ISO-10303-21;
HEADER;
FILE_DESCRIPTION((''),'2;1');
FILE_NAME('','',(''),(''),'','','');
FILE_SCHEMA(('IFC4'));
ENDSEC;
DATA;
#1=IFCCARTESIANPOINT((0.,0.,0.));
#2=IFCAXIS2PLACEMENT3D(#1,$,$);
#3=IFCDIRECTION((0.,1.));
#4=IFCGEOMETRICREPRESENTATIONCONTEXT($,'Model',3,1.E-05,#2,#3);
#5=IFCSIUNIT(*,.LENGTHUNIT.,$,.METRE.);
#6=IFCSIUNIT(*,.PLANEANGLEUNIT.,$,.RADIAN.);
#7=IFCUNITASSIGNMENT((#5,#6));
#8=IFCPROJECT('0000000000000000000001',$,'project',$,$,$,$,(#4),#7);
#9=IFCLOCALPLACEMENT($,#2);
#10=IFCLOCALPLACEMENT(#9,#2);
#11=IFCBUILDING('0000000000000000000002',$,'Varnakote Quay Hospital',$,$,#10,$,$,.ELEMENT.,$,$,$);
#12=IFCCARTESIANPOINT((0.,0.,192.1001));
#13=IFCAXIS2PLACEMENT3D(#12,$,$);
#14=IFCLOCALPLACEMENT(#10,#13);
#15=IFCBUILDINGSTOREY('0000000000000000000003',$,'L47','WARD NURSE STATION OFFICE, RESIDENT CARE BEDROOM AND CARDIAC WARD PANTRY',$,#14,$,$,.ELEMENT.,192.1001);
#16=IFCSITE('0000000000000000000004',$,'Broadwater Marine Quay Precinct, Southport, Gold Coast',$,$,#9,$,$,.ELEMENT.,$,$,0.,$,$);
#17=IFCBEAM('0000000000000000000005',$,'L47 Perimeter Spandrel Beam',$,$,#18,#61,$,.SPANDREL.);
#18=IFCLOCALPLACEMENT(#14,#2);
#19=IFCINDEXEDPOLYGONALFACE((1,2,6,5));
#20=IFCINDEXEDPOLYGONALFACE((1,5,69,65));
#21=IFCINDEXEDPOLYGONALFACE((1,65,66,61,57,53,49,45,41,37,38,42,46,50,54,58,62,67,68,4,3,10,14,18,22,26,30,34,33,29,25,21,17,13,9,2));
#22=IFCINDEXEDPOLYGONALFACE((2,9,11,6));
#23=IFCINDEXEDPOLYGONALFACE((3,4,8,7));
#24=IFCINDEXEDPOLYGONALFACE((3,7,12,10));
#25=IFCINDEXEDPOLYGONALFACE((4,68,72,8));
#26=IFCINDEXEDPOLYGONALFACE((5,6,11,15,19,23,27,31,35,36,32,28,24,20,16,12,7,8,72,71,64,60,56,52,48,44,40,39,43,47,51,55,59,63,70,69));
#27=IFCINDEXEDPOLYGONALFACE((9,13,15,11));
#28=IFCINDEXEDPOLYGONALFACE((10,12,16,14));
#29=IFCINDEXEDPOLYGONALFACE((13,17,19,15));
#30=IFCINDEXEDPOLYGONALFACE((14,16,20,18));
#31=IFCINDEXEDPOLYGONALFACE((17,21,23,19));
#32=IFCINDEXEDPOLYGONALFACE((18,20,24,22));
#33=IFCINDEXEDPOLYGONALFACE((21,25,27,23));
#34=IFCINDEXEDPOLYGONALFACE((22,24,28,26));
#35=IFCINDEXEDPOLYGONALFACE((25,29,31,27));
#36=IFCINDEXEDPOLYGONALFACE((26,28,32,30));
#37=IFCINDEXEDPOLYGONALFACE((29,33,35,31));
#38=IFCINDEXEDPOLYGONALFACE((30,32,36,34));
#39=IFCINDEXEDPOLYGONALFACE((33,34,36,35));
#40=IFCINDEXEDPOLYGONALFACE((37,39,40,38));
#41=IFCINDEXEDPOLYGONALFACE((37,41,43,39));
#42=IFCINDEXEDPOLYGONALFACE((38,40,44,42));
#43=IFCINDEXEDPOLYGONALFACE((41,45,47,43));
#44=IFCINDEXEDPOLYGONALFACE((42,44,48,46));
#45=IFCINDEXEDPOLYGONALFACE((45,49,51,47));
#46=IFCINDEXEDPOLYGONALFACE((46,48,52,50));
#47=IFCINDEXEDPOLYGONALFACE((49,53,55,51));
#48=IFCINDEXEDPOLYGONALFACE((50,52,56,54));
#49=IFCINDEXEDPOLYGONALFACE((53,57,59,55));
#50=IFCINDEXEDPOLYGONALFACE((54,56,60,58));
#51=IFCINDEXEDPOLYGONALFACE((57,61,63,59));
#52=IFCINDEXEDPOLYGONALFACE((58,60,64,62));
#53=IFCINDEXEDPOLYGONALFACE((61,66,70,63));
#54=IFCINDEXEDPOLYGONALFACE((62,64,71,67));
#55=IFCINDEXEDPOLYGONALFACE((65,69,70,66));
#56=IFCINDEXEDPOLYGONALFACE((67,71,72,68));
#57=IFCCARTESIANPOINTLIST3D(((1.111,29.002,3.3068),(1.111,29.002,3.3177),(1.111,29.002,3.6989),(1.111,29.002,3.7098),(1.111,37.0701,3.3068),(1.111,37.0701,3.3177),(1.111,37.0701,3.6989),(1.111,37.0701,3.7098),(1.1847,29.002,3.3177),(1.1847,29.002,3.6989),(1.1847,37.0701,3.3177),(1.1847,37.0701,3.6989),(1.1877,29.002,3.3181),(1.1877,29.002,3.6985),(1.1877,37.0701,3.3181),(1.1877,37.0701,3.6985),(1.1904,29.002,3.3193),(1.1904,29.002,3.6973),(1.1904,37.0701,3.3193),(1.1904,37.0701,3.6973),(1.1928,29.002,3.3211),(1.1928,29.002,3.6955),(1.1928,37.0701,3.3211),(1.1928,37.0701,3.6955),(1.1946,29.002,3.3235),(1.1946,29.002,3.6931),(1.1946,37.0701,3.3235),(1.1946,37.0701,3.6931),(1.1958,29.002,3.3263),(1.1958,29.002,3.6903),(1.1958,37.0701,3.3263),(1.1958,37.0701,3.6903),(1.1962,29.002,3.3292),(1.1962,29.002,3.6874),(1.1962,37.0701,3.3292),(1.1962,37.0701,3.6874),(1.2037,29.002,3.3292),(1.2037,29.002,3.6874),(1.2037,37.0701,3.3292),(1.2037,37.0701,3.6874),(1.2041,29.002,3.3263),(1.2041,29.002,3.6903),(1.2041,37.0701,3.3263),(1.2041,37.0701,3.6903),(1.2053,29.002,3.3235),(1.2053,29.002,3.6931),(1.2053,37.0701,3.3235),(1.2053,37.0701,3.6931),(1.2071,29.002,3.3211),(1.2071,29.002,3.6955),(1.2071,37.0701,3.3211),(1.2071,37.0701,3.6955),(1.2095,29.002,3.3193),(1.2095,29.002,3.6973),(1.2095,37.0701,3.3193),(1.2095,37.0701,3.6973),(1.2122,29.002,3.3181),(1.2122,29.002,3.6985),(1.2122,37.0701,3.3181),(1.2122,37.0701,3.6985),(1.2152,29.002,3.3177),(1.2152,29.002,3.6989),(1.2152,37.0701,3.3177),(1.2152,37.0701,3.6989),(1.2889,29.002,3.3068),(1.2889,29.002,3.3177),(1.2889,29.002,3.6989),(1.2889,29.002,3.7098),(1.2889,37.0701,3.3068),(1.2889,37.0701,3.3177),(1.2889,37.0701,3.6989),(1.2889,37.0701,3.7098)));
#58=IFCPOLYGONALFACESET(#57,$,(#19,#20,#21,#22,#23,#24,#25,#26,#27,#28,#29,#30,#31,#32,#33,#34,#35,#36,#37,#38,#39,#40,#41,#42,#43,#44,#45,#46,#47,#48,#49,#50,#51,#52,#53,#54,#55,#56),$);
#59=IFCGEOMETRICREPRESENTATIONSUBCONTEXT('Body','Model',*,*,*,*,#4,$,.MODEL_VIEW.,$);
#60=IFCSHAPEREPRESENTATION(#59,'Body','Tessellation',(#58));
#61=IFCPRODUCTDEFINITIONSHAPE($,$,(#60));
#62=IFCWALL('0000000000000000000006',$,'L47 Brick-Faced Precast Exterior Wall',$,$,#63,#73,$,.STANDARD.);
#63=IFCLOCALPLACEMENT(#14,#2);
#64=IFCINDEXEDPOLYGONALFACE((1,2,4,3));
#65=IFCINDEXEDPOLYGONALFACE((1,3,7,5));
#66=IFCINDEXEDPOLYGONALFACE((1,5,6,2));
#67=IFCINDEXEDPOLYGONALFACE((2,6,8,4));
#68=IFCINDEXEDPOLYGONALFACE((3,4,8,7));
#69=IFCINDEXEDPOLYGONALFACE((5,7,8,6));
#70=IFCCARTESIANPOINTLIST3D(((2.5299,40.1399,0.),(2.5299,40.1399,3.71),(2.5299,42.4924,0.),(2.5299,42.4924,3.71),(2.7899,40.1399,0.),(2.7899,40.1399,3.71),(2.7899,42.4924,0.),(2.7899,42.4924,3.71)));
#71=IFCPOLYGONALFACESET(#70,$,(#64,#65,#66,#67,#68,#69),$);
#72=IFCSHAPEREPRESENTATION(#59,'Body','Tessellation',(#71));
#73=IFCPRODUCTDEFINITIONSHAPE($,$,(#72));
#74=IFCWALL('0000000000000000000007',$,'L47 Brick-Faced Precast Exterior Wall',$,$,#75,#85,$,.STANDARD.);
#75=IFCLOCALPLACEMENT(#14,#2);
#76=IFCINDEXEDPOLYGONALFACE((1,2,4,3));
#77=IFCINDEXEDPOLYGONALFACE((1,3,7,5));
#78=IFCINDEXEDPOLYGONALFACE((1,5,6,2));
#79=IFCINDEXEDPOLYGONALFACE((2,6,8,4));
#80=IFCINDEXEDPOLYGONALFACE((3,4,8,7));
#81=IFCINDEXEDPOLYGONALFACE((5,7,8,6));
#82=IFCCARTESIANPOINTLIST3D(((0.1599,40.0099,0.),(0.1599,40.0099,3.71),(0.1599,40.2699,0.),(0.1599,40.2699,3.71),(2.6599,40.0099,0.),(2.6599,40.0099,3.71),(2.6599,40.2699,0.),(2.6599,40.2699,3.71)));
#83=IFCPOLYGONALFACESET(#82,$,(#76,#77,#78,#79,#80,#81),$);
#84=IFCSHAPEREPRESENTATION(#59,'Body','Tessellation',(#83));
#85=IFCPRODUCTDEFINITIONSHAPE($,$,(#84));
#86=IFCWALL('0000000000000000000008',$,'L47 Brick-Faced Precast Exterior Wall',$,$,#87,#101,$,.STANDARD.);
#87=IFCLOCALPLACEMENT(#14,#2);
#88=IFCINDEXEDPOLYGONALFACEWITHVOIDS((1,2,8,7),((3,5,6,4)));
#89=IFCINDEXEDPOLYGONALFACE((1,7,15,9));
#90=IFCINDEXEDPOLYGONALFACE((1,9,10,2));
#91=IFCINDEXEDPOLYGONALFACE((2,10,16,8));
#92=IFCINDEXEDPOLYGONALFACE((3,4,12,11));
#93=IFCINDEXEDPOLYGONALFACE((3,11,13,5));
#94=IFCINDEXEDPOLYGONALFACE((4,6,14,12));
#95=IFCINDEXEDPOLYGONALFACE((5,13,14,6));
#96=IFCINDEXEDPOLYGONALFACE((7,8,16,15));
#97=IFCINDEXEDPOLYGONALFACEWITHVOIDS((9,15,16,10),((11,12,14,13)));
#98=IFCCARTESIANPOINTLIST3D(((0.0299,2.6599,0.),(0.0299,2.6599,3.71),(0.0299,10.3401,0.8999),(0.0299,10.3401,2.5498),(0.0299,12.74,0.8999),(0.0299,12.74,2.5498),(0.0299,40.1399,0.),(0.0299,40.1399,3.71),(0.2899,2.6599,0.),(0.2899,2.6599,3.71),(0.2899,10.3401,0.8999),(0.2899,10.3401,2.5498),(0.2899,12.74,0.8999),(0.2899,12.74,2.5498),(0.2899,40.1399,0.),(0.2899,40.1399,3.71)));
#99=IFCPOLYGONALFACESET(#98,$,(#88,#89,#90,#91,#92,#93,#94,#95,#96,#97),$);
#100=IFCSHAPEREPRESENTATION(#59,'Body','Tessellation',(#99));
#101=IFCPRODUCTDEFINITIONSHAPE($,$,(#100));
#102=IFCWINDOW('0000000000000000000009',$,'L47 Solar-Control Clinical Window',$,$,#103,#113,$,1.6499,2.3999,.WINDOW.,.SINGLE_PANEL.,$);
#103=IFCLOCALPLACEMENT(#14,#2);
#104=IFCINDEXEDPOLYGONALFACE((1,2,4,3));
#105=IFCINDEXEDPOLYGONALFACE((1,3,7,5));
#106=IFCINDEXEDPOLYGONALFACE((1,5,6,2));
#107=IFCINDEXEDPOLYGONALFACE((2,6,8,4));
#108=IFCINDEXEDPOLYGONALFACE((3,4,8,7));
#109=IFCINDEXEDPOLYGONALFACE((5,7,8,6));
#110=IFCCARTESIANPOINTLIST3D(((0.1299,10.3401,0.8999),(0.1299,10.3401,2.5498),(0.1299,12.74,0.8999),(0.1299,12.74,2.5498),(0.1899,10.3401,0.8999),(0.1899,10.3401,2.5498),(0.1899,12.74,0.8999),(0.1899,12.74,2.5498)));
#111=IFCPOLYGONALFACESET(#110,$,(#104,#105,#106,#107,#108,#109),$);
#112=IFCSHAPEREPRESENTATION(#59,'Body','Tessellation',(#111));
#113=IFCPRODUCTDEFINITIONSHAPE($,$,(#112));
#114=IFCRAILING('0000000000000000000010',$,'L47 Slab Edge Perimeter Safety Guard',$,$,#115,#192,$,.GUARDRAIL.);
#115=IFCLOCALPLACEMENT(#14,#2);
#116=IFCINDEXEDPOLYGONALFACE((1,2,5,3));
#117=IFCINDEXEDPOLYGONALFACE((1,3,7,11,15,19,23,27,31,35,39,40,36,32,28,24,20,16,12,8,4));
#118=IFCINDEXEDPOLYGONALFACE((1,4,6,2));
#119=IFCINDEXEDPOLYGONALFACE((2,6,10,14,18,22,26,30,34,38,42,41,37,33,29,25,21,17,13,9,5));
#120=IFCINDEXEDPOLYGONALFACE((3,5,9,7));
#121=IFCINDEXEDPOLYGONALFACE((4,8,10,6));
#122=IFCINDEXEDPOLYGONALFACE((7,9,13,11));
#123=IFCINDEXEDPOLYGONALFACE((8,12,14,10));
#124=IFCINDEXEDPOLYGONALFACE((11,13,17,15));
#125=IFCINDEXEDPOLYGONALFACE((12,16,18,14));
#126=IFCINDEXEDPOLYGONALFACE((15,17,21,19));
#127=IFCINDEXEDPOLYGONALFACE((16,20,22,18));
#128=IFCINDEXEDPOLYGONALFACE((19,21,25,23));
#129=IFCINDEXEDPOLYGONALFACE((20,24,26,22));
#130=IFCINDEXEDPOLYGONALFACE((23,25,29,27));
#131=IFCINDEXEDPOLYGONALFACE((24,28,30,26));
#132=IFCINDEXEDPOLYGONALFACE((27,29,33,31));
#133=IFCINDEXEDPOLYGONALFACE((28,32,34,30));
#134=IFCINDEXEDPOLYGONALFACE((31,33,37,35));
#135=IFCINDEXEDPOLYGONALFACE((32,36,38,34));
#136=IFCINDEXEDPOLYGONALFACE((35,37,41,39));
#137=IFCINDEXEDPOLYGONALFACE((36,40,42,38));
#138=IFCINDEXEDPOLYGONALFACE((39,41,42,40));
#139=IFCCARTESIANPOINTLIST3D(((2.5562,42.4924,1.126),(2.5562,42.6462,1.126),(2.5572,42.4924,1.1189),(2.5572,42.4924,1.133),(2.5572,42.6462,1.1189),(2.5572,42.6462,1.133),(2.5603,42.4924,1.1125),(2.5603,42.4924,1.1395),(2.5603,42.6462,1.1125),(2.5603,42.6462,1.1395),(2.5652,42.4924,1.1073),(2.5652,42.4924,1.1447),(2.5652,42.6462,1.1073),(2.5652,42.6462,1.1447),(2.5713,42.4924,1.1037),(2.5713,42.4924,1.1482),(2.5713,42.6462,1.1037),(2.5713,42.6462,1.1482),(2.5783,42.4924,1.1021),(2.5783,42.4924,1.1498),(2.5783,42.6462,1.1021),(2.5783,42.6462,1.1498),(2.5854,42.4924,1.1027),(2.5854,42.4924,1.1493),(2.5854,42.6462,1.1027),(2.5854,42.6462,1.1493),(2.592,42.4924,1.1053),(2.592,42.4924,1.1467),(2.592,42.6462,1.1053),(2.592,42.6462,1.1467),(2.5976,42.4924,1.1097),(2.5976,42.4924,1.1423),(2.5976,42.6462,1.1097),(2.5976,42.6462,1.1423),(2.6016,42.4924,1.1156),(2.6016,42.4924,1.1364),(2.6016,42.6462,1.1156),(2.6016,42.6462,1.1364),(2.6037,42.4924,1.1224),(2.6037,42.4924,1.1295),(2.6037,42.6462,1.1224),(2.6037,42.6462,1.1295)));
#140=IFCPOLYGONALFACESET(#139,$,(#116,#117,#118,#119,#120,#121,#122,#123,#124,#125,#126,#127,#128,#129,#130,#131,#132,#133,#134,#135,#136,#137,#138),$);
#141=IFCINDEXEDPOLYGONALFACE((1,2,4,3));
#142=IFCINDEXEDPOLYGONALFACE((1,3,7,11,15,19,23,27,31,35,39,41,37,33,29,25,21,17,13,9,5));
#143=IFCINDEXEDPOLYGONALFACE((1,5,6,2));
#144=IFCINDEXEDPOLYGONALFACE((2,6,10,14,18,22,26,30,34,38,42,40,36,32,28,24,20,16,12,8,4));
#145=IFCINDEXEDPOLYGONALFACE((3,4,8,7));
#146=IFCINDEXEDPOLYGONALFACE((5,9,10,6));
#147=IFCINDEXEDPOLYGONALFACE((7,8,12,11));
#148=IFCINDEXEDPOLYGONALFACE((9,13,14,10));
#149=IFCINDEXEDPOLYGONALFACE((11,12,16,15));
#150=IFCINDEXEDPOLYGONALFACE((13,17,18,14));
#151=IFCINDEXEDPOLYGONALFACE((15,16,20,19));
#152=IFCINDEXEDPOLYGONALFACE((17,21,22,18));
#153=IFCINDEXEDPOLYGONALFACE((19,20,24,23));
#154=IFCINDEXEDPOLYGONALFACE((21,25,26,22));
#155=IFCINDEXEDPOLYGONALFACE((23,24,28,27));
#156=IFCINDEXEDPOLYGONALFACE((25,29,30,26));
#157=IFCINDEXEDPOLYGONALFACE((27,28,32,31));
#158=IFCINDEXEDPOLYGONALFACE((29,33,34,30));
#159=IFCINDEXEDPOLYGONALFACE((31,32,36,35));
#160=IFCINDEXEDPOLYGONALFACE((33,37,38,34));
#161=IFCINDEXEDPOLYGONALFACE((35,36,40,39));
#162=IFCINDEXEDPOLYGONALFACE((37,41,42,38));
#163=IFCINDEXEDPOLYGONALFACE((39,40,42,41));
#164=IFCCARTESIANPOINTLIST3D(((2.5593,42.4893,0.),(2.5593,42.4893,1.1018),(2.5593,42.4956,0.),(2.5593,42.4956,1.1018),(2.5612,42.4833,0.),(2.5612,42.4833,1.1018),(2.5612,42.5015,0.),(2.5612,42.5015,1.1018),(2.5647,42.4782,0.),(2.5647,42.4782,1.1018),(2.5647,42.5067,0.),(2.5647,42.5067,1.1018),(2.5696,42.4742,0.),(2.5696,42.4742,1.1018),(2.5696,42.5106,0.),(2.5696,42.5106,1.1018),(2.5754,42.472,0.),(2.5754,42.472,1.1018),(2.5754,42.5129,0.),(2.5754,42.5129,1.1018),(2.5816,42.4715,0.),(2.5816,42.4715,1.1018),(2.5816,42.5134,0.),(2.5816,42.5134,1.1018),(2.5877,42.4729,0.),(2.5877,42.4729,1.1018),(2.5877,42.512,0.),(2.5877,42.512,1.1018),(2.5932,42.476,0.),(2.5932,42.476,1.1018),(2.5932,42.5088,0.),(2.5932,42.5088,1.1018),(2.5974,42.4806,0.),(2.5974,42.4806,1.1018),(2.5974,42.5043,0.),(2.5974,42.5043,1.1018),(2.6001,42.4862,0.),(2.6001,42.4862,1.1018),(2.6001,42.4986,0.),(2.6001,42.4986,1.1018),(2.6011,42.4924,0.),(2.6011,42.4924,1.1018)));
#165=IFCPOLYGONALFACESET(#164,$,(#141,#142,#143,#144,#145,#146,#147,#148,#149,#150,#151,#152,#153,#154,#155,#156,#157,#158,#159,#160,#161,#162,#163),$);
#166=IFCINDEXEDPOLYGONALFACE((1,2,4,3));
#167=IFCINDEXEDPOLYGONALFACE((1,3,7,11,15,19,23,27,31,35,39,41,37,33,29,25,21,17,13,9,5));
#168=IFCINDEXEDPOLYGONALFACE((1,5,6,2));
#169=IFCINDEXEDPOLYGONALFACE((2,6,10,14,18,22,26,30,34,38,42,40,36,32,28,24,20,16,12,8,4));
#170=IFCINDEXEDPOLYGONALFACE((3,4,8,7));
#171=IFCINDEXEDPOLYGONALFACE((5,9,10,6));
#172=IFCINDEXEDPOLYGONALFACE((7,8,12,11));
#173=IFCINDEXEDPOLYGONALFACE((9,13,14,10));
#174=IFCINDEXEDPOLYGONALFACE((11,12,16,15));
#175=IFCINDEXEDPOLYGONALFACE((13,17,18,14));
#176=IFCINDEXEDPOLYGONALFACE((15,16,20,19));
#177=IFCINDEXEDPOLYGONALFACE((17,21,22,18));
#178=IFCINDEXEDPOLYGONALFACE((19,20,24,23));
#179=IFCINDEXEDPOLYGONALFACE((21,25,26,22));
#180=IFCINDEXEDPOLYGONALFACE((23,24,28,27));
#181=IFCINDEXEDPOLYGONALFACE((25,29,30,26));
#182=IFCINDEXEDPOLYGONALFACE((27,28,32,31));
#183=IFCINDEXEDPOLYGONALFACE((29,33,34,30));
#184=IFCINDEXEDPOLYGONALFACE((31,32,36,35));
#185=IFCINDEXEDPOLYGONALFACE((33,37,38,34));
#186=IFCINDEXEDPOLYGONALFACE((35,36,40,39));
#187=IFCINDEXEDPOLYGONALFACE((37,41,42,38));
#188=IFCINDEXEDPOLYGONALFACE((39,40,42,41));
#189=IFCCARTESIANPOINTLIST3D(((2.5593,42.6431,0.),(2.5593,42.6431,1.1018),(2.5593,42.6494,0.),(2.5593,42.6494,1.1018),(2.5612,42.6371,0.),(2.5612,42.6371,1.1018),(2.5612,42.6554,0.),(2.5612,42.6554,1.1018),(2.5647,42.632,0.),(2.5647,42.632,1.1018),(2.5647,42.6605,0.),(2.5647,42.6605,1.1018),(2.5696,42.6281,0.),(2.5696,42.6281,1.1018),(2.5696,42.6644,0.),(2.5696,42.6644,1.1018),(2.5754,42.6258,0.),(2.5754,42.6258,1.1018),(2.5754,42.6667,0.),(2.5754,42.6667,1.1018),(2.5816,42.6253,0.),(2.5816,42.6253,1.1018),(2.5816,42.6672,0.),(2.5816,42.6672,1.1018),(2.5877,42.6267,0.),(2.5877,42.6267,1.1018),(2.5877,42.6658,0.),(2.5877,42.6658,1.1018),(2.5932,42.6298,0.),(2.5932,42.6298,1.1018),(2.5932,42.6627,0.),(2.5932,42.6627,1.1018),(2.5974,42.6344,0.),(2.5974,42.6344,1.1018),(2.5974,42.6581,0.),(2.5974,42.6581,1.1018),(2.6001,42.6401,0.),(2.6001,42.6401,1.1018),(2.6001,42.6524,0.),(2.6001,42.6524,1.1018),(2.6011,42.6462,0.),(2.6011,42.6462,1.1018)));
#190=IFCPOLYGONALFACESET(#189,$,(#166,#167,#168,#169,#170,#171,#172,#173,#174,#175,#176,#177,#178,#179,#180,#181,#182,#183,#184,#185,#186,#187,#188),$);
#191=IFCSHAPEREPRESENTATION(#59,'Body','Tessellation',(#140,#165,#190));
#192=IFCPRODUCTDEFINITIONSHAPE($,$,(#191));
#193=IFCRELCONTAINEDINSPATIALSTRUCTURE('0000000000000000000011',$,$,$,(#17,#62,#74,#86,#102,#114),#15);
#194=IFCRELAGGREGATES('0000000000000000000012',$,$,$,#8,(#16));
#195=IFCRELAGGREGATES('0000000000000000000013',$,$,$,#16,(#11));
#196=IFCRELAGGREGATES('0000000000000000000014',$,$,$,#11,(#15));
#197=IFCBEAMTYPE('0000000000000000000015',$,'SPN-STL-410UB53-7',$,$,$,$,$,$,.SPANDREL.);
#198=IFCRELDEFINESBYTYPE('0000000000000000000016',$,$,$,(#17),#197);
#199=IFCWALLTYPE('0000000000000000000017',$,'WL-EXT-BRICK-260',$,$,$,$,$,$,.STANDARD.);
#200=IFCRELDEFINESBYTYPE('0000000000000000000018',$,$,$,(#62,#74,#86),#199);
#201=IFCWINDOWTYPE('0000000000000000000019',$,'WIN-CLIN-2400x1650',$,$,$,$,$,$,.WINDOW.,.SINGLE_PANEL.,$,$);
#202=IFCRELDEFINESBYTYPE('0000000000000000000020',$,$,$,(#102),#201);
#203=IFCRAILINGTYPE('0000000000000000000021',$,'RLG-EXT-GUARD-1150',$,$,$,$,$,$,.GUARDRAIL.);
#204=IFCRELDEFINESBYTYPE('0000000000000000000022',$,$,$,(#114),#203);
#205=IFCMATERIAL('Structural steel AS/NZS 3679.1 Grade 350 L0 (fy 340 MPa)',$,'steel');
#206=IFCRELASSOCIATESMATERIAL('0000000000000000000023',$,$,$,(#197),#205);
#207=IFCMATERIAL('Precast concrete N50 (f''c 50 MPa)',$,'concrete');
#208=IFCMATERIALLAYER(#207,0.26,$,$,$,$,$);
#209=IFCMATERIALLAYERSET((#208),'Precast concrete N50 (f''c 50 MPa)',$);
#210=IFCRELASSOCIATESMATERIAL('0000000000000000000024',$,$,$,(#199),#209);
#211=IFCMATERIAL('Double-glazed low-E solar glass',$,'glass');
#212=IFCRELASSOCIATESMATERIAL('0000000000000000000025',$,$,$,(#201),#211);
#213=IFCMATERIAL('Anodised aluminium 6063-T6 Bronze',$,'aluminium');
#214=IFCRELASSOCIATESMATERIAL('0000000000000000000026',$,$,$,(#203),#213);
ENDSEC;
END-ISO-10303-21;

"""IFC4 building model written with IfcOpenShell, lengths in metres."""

from ifc_helpers import new_model, si_unit, direction, frame, frame_2d, origin, origin_2d, place, context, subcontext, project, spatial, rectangle, circle, i_section, extrude, material, layer, layer_set, material_profile, profile_set, type_object, element, fill, save


model = new_model("IFC4")

# Units and contexts
model_context = context("Model", 3, precision=1e-05, world=origin(), true_north=direction((0.0, 1.0)))
body_context = subcontext(model_context, "Body", "Model", "MODEL_VIEW")
ifc_project = project(units=[si_unit("LENGTHUNIT", "METRE"), si_unit("PLANEANGLEUNIT", "RADIAN")], contexts=[model_context])

# Site, building, storey
site_placement = place(None, origin())
site = spatial("IfcSite", under=ifc_project, at=site_placement, Name="Broadwater Marine Quay Precinct, Southport, Gold Coast", CompositionType="ELEMENT", RefElevation=0.0)
building_placement = place(site_placement, origin())
building = spatial("IfcBuilding", under=site, at=building_placement, Name="Varnakote Quay Hospital", CompositionType="ELEMENT")
storey_placement = place(building_placement, frame((0.0, 0.0, 192.1001)))
storey = spatial("IfcBuildingStorey", under=building, at=storey_placement, Name="L47", Description="WARD NURSE STATION OFFICE, RESIDENT CARE BEDROOM AND CARDIAC WARD PANTRY", CompositionType="ELEMENT", Elevation=192.1001)

# Beam
ifc_material_1 = material(Name="Structural steel AS/NZS 3679.1 Grade 350 L0 (fy 340 MPa)", Category="steel")
ifc_material_profile_1 = material_profile(ifc_material_1, i_section(OverallWidth=0.178, OverallDepth=0.4031, WebThickness=0.0076, FlangeThickness=0.011, FilletRadius=0.0115, at=origin_2d()), Name="410UB53.7")
ifc_profile_set_1 = profile_set([ifc_material_profile_1], Name="Structural steel AS/NZS 3679.1 Grade 350 L0 (fy 340 MPa)")
beam_type_1 = type_object("IfcBeamType", Name="SPN-STL-410UB53-7", PredefinedType="SPANDREL", material=ifc_profile_set_1)
beam_1_placement = place(storey_placement, frame((1.2, 29.002, 3.5083), z_axis=(0.0, 1.0, 0.0), x_axis=(-1.0, 0.0, 0.0)))
element("IfcBeam", 1, at=beam_1_placement, inside=storey, type_object=beam_type_1, Name="L47 Perimeter Spandrel Beam", PredefinedType="SPANDREL", context=body_context, shape_type="SweptSolid", body=[
    extrude(i_section(OverallWidth=0.178, OverallDepth=0.4031, WebThickness=0.0076, FlangeThickness=0.011, FilletRadius=0.0115, at=origin_2d()), origin(), (0.0, 0.0, 1.0), 8.0681),
])

# Walls
ifc_material_2 = material(Name="Precast concrete N50 (f'c 50 MPa)", Category="concrete")
ifc_layer = layer(ifc_material_2, 0.26)
ifc_layer_set = layer_set([ifc_layer], Name="Precast concrete N50 (f'c 50 MPa)")
wall_type = type_object("IfcWallType", Name="WL-EXT-BRICK-260", PredefinedType="STANDARD", material=ifc_layer_set)
wall_1_placement = place(storey_placement, frame((2.6599, 42.4924, 0.0), z_axis=(0.0, 0.0, 1.0), x_axis=(0.0, -1.0, 0.0)))
element("IfcWall", 2, at=wall_1_placement, inside=storey, type_object=wall_type, Name="L47 Brick-Faced Precast Exterior Wall", PredefinedType="STANDARD", context=body_context, shape_type="SweptSolid", body=[
    extrude(rectangle(XDim=2.3525, YDim=0.26, at=frame_2d((1.1763, 0.0))), origin(), (0.0, 0.0, 1.0), 3.71),
])
wall_2_placement = place(storey_placement, frame((2.6599, 40.1399, 0.0), z_axis=(0.0, 0.0, 1.0), x_axis=(-1.0, 0.0, 0.0)))
element("IfcWall", 3, at=wall_2_placement, inside=storey, type_object=wall_type, Name="L47 Brick-Faced Precast Exterior Wall", PredefinedType="STANDARD", context=body_context, shape_type="SweptSolid", body=[
    extrude(rectangle(XDim=2.5, YDim=0.26, at=frame_2d((1.25, 0.0))), origin(), (0.0, 0.0, 1.0), 3.71),
])

# Wall, opening, window
wall_3_placement = place(storey_placement, frame((0.1599, 40.1399, 0.0), z_axis=(0.0, 0.0, 1.0), x_axis=(0.0, -1.0, 0.0)))
wall_3 = element("IfcWall", 4, at=wall_3_placement, inside=storey, type_object=wall_type, Name="L47 Brick-Faced Precast Exterior Wall", PredefinedType="STANDARD", context=body_context, shape_type="SweptSolid", body=[
    extrude(rectangle(XDim=37.48, YDim=0.26, at=frame_2d((18.74, 0.0))), origin(), (0.0, 0.0, 1.0), 3.71),
])
opening_placement = place(wall_3_placement, frame((27.3999, 0.0, 0.8999)))
opening = element("IfcOpeningElement", 5, at=opening_placement, cuts=wall_3, PredefinedType="OPENING", context=body_context, shape_type="SweptSolid", body=[
    extrude(rectangle(XDim=2.3999, YDim=1.6499, at=frame_2d((1.2, 0.825))), frame((0.0, 0.1399, 0.0), z_axis=(0.0, -1.0, 0.0), x_axis=(1.0, 0.0, 0.0)), (0.0, 0.0, 1.0), 0.28),
])
ifc_material_3 = material(Name="Double-glazed low-E solar glass", Category="glass")
window_type = type_object("IfcWindowType", Name="WIN-CLIN-2400x1650", PartitioningType="SINGLE_PANEL", PredefinedType="WINDOW", material=ifc_material_3)
window_placement = place(opening_placement, origin())
window = element("IfcWindow", 6, at=window_placement, inside=storey, type_object=window_type, Name="L47 Solar-Control Clinical Window", OverallHeight=1.6499, OverallWidth=2.3999, PartitioningType="SINGLE_PANEL", PredefinedType="WINDOW", context=body_context, shape_type="SweptSolid", body=[
    extrude(rectangle(XDim=2.3999, YDim=1.6499, at=frame_2d((1.2, 0.825))), frame((0.0, 0.03, 0.0), z_axis=(0.0, -1.0, 0.0), x_axis=(1.0, 0.0, 0.0)), (0.0, 0.0, 1.0), 0.0601),
])
fill(opening, window)

# Railing
ifc_material_4 = material(Name="Anodised aluminium 6063-T6 Bronze", Category="aluminium")
railing_type = type_object("IfcRailingType", Name="RLG-EXT-GUARD-1150", PredefinedType="GUARDRAIL", material=ifc_material_4)
railing_1_placement = place(storey_placement, frame((2.5801, 42.4924, 0.0)))
element("IfcRailing", 7, at=railing_1_placement, inside=storey, type_object=railing_type, Name="L47 Slab Edge Perimeter Safety Guard", PredefinedType="GUARDRAIL", context=body_context, shape_type="SweptSolid", body=[
    extrude(circle(Radius=0.0239, at=origin_2d()), frame((0.0, 0.0, 1.126), z_axis=(0.0, 1.0, 0.0), x_axis=(-1.0, 0.0, 0.0)), (0.0, 0.0, 1.0), 0.1538),
    extrude(circle(Radius=0.021, at=origin_2d()), origin(), (0.0, 0.0, 1.0), 1.1018),
    extrude(circle(Radius=0.021, at=origin_2d()), frame((0.0, 0.1538, 0.0)), (0.0, 0.0, 1.0), 1.1018),
])

save(model, "model.ifc")
